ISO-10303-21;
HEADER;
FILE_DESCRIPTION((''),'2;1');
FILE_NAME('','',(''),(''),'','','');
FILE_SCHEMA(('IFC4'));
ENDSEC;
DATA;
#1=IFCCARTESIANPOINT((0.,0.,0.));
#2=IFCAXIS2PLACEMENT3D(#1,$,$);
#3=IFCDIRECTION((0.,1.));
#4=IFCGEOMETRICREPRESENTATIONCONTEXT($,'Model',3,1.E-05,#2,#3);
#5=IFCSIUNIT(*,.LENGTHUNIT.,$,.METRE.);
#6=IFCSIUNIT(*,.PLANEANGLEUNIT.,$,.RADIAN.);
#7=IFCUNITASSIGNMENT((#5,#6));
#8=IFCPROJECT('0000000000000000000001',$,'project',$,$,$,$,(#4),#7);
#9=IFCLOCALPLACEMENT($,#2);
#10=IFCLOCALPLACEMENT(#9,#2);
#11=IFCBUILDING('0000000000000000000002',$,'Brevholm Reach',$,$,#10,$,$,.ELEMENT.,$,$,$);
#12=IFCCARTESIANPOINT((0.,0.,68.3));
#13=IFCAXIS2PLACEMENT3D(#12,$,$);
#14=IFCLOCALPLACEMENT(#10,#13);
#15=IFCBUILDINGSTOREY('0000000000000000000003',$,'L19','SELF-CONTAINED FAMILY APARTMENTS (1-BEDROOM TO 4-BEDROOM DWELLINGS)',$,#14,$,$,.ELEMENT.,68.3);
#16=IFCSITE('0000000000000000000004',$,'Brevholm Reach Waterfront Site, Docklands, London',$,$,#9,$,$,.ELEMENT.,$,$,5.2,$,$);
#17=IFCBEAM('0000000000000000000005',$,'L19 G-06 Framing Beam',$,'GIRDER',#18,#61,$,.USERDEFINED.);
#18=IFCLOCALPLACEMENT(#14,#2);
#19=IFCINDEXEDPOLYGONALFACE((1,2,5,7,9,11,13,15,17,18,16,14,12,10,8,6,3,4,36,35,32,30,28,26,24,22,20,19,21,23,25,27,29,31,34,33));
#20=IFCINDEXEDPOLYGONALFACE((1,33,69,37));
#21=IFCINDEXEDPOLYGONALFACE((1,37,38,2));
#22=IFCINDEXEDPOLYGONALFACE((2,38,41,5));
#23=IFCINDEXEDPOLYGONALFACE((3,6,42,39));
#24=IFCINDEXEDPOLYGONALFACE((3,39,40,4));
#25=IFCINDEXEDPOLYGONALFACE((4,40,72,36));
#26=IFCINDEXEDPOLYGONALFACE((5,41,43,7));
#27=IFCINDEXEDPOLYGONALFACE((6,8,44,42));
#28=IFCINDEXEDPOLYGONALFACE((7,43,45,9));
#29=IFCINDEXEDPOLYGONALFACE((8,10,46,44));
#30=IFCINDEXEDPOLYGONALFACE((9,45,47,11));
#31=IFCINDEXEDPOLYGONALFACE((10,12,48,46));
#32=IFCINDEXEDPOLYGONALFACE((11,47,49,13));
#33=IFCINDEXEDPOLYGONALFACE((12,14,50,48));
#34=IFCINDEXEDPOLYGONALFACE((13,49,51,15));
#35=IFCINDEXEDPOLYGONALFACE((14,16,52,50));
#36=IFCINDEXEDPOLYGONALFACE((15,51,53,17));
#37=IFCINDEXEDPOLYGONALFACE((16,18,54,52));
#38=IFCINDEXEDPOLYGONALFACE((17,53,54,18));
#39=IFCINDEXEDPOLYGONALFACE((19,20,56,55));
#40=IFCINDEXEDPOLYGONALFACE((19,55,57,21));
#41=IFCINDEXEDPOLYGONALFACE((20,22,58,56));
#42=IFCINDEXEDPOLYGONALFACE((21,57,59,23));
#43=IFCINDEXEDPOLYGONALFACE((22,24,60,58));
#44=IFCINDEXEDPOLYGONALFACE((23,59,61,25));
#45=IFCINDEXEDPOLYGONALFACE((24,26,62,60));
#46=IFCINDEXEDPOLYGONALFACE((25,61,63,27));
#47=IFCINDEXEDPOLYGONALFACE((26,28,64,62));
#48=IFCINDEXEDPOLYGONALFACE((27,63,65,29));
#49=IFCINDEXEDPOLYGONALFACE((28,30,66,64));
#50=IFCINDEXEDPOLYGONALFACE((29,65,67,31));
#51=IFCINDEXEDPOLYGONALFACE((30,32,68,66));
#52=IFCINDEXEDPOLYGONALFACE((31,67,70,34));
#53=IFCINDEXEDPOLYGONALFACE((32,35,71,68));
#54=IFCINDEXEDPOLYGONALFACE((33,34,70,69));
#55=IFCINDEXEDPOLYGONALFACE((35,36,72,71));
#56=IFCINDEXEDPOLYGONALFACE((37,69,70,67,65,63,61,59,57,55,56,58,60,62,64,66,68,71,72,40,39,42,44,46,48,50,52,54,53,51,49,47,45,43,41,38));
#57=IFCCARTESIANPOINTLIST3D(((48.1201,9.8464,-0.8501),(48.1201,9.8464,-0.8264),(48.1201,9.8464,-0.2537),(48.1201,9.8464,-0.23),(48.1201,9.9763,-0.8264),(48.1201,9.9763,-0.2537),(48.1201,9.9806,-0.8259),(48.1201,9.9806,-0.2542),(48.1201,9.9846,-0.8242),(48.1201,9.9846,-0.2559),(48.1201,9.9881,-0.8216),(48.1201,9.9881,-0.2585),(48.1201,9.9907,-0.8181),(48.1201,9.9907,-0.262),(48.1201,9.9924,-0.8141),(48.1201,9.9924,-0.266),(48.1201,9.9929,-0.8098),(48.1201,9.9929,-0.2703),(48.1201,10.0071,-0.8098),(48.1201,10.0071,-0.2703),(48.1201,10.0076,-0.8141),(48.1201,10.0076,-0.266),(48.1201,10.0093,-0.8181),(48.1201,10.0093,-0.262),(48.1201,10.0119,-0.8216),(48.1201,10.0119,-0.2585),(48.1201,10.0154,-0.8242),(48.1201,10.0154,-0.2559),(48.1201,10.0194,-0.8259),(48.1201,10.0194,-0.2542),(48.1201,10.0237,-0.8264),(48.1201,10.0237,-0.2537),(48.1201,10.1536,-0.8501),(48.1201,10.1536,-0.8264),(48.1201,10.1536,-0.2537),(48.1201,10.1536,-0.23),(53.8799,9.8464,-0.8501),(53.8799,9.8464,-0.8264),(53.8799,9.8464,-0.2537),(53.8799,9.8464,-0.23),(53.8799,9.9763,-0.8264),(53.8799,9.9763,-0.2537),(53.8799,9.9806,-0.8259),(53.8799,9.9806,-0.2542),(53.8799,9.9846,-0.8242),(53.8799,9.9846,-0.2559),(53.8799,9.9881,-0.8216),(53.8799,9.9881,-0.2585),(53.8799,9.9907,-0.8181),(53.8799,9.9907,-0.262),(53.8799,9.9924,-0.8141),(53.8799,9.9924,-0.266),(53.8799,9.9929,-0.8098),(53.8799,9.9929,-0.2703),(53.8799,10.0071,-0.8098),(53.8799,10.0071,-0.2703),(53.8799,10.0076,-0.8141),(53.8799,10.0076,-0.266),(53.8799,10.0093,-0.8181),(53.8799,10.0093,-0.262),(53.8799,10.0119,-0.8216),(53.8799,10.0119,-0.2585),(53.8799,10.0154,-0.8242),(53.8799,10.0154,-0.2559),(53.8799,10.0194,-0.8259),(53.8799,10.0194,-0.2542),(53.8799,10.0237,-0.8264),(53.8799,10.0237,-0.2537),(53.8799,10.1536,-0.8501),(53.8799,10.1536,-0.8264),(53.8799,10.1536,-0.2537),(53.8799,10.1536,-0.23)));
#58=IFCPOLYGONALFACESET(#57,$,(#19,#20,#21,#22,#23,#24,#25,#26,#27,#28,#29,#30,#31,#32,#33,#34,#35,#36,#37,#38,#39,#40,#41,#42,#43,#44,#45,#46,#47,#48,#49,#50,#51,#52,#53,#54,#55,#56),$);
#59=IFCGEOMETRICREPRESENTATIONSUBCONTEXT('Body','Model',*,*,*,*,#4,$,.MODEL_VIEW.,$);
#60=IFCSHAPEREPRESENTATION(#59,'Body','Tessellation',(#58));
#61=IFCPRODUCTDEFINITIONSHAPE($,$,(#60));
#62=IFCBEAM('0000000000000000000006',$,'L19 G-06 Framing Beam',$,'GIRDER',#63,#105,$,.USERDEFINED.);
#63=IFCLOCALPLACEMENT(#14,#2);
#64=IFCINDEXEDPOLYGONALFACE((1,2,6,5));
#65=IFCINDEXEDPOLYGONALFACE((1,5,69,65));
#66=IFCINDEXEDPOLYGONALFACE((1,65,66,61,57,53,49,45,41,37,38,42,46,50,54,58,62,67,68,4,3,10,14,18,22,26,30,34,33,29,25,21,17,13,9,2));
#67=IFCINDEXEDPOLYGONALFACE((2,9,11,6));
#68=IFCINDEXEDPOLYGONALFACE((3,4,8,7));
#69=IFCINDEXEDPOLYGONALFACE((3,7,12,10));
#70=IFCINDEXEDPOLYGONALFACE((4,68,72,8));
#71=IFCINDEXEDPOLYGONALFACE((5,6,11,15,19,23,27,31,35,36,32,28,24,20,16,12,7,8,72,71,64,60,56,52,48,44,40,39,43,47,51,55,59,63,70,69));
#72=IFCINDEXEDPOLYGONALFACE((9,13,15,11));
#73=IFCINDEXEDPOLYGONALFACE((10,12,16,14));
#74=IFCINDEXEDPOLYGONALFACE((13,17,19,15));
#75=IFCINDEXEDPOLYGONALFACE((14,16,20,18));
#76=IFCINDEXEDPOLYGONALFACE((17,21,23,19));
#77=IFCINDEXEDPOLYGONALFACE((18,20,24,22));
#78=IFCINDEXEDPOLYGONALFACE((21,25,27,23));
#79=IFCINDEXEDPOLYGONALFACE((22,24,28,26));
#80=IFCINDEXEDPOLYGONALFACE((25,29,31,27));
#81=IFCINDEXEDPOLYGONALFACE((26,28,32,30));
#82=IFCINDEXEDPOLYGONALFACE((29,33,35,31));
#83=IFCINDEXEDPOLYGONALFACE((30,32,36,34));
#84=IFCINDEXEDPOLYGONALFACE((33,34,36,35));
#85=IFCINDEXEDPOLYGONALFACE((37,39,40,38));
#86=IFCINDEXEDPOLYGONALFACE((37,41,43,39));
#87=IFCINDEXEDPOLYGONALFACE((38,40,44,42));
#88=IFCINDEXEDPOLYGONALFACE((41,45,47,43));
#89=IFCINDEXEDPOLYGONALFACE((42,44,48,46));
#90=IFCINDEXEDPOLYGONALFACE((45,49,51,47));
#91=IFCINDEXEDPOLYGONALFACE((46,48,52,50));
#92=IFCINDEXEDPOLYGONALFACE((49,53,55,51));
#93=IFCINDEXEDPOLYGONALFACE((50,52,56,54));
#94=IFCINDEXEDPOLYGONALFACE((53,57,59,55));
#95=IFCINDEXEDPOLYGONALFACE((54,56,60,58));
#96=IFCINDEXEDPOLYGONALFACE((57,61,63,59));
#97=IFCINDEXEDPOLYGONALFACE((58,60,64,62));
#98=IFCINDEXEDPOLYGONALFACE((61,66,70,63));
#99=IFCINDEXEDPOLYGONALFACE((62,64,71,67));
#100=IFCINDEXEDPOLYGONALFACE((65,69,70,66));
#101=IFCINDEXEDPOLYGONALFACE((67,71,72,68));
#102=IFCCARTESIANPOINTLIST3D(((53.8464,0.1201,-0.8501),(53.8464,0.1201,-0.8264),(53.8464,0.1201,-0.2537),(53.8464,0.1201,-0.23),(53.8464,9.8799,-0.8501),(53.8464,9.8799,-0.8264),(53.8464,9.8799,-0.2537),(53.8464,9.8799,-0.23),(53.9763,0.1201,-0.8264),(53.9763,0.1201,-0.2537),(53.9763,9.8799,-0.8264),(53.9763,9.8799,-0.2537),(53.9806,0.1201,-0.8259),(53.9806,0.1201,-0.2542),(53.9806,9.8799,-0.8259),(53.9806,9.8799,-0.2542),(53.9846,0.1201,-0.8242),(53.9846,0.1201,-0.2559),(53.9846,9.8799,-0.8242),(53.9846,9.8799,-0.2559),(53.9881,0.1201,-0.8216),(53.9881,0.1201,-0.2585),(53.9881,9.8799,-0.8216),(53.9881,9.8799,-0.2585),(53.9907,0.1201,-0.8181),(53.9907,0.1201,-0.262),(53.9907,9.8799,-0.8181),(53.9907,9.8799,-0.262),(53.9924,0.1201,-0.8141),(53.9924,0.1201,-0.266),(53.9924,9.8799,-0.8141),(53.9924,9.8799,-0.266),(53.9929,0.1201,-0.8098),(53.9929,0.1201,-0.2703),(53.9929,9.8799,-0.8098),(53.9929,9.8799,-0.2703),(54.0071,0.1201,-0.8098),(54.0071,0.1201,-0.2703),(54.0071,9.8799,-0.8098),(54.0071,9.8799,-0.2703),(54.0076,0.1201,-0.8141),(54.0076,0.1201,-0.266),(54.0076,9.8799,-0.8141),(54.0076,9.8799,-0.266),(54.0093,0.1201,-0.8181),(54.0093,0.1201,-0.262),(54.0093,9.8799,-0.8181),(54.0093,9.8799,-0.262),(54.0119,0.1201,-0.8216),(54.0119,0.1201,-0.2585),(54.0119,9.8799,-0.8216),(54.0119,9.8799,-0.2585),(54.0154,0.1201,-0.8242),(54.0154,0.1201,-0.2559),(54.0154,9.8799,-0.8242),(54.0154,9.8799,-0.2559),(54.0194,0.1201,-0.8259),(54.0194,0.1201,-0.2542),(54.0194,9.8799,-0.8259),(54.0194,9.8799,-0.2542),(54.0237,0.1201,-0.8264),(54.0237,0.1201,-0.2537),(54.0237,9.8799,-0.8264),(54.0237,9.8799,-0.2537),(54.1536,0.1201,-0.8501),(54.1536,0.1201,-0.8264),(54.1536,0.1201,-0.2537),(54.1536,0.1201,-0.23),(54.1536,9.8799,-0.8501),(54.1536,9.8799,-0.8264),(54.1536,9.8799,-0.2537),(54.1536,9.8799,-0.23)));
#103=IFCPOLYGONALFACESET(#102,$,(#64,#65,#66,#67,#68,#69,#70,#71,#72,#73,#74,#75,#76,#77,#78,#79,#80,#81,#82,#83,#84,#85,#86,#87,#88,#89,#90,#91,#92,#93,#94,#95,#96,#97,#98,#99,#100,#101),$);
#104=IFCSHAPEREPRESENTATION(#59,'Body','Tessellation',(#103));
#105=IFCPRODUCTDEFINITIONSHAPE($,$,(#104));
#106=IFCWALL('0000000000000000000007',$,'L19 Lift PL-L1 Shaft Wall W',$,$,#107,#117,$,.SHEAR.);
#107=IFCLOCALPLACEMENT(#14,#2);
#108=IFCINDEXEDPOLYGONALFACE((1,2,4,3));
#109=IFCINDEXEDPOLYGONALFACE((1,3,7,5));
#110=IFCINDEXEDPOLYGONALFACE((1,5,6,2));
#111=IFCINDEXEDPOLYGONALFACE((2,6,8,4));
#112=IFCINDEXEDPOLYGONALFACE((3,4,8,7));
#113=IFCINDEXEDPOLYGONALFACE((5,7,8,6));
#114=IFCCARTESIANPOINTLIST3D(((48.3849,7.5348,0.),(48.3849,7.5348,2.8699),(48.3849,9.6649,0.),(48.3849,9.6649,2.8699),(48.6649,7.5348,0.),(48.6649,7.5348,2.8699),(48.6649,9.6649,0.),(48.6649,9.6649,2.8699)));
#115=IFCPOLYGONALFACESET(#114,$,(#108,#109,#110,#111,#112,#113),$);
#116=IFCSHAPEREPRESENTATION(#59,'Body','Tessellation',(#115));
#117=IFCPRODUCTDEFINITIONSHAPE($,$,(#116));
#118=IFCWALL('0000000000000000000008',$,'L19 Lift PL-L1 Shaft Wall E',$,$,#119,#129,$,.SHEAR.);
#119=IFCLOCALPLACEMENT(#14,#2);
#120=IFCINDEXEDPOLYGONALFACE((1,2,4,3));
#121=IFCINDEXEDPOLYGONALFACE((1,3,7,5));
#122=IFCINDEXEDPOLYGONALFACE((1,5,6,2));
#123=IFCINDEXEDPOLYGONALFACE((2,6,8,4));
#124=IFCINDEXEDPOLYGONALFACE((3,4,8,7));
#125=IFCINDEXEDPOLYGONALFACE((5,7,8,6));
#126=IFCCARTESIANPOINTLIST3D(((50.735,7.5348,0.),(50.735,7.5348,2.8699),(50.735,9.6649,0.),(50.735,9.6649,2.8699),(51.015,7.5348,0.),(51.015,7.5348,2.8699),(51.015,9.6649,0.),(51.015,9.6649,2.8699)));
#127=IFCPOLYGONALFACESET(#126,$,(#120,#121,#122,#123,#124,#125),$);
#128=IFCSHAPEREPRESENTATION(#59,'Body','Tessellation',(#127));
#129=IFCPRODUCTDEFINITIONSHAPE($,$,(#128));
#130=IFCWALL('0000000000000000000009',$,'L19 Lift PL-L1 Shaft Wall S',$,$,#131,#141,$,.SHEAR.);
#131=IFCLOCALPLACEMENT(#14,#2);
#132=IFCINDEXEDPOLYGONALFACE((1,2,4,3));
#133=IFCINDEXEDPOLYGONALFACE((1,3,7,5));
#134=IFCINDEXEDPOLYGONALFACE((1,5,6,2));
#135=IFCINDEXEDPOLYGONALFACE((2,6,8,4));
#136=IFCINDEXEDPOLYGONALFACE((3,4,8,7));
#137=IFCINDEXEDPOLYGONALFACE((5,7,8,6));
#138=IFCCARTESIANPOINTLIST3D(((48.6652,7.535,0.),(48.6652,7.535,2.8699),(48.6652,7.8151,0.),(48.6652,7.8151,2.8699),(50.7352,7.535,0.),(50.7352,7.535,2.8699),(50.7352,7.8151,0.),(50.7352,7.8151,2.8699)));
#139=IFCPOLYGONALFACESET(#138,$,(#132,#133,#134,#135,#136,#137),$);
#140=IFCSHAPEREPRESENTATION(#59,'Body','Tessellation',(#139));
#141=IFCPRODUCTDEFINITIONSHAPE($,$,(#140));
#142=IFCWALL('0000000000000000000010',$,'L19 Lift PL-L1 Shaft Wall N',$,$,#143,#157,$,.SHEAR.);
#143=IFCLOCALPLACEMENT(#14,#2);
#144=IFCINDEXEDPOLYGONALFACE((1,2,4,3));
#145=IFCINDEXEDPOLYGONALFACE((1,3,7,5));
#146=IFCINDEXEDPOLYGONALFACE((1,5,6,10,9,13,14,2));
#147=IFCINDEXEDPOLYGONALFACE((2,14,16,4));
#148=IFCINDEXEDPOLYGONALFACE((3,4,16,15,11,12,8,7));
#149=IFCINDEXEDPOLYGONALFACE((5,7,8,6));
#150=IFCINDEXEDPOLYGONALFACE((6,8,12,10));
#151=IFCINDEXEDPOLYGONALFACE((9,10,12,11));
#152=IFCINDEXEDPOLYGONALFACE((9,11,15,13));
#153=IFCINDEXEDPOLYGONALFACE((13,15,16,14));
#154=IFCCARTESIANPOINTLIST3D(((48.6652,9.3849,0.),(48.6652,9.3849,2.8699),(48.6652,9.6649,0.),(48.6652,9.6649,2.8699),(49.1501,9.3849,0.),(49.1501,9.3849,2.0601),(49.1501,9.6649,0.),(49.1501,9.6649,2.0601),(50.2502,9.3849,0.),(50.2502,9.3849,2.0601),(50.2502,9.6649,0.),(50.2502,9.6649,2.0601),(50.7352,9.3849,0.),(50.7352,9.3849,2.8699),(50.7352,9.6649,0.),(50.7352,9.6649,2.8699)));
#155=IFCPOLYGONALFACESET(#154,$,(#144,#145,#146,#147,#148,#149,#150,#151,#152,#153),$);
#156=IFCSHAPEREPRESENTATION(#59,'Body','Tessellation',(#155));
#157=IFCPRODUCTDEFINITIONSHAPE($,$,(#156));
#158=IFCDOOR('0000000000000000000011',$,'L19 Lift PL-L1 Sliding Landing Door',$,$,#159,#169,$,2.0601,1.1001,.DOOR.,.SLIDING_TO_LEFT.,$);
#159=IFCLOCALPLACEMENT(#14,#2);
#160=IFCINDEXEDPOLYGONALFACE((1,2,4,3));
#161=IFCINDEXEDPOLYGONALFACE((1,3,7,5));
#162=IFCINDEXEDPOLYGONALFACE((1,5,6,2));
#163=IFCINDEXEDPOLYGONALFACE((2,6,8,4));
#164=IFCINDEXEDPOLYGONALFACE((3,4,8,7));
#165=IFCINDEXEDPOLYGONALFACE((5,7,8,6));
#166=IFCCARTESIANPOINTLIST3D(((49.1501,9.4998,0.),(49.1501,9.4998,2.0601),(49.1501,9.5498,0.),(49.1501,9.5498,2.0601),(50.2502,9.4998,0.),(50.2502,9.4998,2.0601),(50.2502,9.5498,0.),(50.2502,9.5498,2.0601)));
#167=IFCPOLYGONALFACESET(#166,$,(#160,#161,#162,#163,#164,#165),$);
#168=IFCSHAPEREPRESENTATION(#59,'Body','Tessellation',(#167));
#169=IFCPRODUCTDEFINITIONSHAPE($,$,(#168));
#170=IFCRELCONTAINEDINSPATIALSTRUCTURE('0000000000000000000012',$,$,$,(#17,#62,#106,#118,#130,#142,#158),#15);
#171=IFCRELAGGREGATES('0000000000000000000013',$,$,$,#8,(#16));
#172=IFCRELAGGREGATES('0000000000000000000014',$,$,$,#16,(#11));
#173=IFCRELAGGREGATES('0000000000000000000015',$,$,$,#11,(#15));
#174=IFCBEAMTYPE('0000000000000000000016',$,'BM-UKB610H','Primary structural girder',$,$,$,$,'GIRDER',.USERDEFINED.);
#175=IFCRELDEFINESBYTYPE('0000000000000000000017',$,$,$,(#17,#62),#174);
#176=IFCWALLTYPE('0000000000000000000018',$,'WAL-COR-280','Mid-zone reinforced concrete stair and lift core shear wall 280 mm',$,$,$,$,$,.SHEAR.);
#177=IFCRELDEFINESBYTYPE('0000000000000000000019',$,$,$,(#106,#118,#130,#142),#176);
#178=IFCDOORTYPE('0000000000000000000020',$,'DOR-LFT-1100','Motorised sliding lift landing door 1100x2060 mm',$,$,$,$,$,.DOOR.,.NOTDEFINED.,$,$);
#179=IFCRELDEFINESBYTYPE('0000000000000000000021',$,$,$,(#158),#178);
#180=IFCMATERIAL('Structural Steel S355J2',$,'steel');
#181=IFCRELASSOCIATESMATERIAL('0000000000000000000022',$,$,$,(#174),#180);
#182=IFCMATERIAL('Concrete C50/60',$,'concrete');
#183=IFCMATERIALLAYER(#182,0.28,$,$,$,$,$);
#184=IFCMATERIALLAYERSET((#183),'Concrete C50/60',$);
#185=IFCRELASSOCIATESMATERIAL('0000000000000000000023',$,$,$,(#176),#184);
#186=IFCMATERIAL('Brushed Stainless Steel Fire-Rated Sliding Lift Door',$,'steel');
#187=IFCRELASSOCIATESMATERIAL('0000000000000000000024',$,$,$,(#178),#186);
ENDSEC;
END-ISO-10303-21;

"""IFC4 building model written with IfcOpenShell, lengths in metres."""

from ifc_helpers import new_model, si_unit, direction, frame, frame_2d, origin, origin_2d, place, context, subcontext, project, spatial, rectangle, i_section, extrude, material, layer, layer_set, material_profile, profile_set, type_object, element, fill, save


model = new_model("IFC4")

# Units and contexts
model_context = context("Model", 3, precision=1e-05, world=origin(), true_north=direction((0.0, 1.0)))
body_context = subcontext(model_context, "Body", "Model", "MODEL_VIEW")
ifc_project = project(units=[si_unit("LENGTHUNIT", "METRE"), si_unit("PLANEANGLEUNIT", "RADIAN")], contexts=[model_context])

# Site, building, storey
site_placement = place(None, origin())
site = spatial("IfcSite", under=ifc_project, at=site_placement, Name="Brevholm Reach Waterfront Site, Docklands, London", CompositionType="ELEMENT", RefElevation=5.2)
building_placement = place(site_placement, origin())
building = spatial("IfcBuilding", under=site, at=building_placement, Name="Brevholm Reach", CompositionType="ELEMENT")
storey_placement = place(building_placement, frame((0.0, 0.0, 68.3)))
storey = spatial("IfcBuildingStorey", under=building, at=storey_placement, Name="L19", Description="SELF-CONTAINED FAMILY APARTMENTS (1-BEDROOM TO 4-BEDROOM DWELLINGS)", CompositionType="ELEMENT", Elevation=68.3)

# Beams
ifc_material_1 = material(Name="Structural Steel S355J2", Category="steel")
ifc_material_profile_1 = material_profile(ifc_material_1, i_section(OverallWidth=0.3071, OverallDepth=0.6201, WebThickness=0.0142, FlangeThickness=0.0237, FilletRadius=0.0166, at=origin_2d()), Name="UKB 610x305x179")
ifc_profile_set_1 = profile_set([ifc_material_profile_1], Name="Structural Steel S355J2")
beam_type_1 = type_object("IfcBeamType", Name="BM-UKB610H", Description="Primary structural girder", ElementType="GIRDER", PredefinedType="USERDEFINED", material=ifc_profile_set_1)
beam_1_placement = place(storey_placement, frame((48.1201, 10.0, -0.54), z_axis=(1.0, 0.0, 0.0), x_axis=(0.0, 1.0, 0.0)))
element("IfcBeam", 1, at=beam_1_placement, inside=storey, type_object=beam_type_1, Name="L19 G-06 Framing Beam", ObjectType="GIRDER", PredefinedType="USERDEFINED", context=body_context, shape_type="SweptSolid", body=[
    extrude(i_section(OverallWidth=0.3071, OverallDepth=0.6201, WebThickness=0.0142, FlangeThickness=0.0237, FilletRadius=0.0166, at=origin_2d()), origin(), (0.0, 0.0, 1.0), 5.7598),
])
beam_2_placement = place(storey_placement, frame((54.0, 0.1201, -0.54), z_axis=(0.0, 1.0, 0.0), x_axis=(-1.0, 0.0, 0.0)))
element("IfcBeam", 2, at=beam_2_placement, inside=storey, type_object=beam_type_1, Name="L19 G-06 Framing Beam", ObjectType="GIRDER", PredefinedType="USERDEFINED", context=body_context, shape_type="SweptSolid", body=[
    extrude(i_section(OverallWidth=0.3071, OverallDepth=0.6201, WebThickness=0.0142, FlangeThickness=0.0237, FilletRadius=0.0166, at=origin_2d()), origin(), (0.0, 0.0, 1.0), 9.7598),
])

# Walls
ifc_material_2 = material(Name="Concrete C50/60", Category="concrete")
ifc_layer_1 = layer(ifc_material_2, 0.28)
ifc_layer_set_1 = layer_set([ifc_layer_1], Name="Concrete C50/60")
wall_type_1 = type_object("IfcWallType", Name="WAL-COR-280", Description="Mid-zone reinforced concrete stair and lift core shear wall 280 mm", PredefinedType="SHEAR", material=ifc_layer_set_1)
for number, where, z_axis, x_axis, name in (
    (3, (48.5249, 7.5349, 0.0), (0.0, 0.0, 1.0), (0.0, 1.0, 0.0), "L19 Lift PL-L1 Shaft Wall W"),
    (4, (50.875, 7.5349, 0.0), (0.0, 0.0, 1.0), (0.0, 1.0, 0.0), "L19 Lift PL-L1 Shaft Wall E"),
):
    element("IfcWall", number, at=place(storey_placement, frame(where, z_axis=z_axis, x_axis=x_axis)), inside=storey, type_object=wall_type_1, Name=name, PredefinedType="SHEAR", context=body_context, shape_type="SweptSolid", body=[
        extrude(rectangle(XDim=2.1301, YDim=0.28, at=frame_2d((1.0649, 0.0))), origin(), (0.0, 0.0, 1.0), 2.8699),
    ])
wall_1_placement = place(storey_placement, frame((48.665, 7.675, 0.0), z_axis=(0.0, 0.0, 1.0), x_axis=(1.0, 0.0, 0.0)))
element("IfcWall", 5, at=wall_1_placement, inside=storey, type_object=wall_type_1, Name="L19 Lift PL-L1 Shaft Wall S", PredefinedType="SHEAR", context=body_context, shape_type="SweptSolid", body=[
    extrude(rectangle(XDim=2.0701, YDim=0.28, at=frame_2d((1.0352, 0.0))), origin(), (0.0, 0.0, 1.0), 2.8699),
])

# Wall, opening, door
wall_2_placement = place(storey_placement, frame((48.665, 9.5249, 0.0), z_axis=(0.0, 0.0, 1.0), x_axis=(1.0, 0.0, 0.0)))
wall_2 = element("IfcWall", 6, at=wall_2_placement, inside=storey, type_object=wall_type_1, Name="L19 Lift PL-L1 Shaft Wall N", PredefinedType="SHEAR", context=body_context, shape_type="SweptSolid", body=[
    extrude(rectangle(XDim=2.0701, YDim=0.28, at=frame_2d((1.0352, 0.0))), origin(), (0.0, 0.0, 1.0), 2.8699),
])
opening_1_placement = place(wall_2_placement, frame((0.4851, 0.0, 0.0)))
opening_1 = element("IfcOpeningElement", 7, at=opening_1_placement, cuts=wall_2, PredefinedType="OPENING", context=body_context, shape_type="SweptSolid", body=[
    extrude(rectangle(XDim=1.1001, YDim=2.0601, at=frame_2d((0.55, 1.03))), frame((0.0, 0.1499, 0.0), z_axis=(0.0, -1.0, 0.0), x_axis=(1.0, 0.0, 0.0)), (0.0, 0.0, 1.0), 0.3),
])
ifc_material_3 = material(Name="Brushed Stainless Steel Fire-Rated Sliding Lift Door", Category="steel")
door_type_1 = type_object("IfcDoorType", Name="DOR-LFT-1100", Description="Motorised sliding lift landing door 1100x2060 mm", OperationType="NOTDEFINED", PredefinedType="DOOR", material=ifc_material_3)
door_1_placement = place(opening_1_placement, origin())
door_1 = element("IfcDoor", 8, at=door_1_placement, inside=storey, type_object=door_type_1, Name="L19 Lift PL-L1 Sliding Landing Door", OperationType="SLIDING_TO_LEFT", OverallHeight=2.0601, OverallWidth=1.1001, PredefinedType="DOOR", context=body_context, shape_type="SweptSolid", body=[
    extrude(rectangle(XDim=1.1001, YDim=2.0601, at=frame_2d((0.55, 1.03))), frame((0.0, 0.0249, 0.0), z_axis=(0.0, -1.0, 0.0), x_axis=(1.0, 0.0, 0.0)), (0.0, 0.0, 1.0), 0.05),
])
fill(opening_1, door_1)

save(model, "model.ifc")
